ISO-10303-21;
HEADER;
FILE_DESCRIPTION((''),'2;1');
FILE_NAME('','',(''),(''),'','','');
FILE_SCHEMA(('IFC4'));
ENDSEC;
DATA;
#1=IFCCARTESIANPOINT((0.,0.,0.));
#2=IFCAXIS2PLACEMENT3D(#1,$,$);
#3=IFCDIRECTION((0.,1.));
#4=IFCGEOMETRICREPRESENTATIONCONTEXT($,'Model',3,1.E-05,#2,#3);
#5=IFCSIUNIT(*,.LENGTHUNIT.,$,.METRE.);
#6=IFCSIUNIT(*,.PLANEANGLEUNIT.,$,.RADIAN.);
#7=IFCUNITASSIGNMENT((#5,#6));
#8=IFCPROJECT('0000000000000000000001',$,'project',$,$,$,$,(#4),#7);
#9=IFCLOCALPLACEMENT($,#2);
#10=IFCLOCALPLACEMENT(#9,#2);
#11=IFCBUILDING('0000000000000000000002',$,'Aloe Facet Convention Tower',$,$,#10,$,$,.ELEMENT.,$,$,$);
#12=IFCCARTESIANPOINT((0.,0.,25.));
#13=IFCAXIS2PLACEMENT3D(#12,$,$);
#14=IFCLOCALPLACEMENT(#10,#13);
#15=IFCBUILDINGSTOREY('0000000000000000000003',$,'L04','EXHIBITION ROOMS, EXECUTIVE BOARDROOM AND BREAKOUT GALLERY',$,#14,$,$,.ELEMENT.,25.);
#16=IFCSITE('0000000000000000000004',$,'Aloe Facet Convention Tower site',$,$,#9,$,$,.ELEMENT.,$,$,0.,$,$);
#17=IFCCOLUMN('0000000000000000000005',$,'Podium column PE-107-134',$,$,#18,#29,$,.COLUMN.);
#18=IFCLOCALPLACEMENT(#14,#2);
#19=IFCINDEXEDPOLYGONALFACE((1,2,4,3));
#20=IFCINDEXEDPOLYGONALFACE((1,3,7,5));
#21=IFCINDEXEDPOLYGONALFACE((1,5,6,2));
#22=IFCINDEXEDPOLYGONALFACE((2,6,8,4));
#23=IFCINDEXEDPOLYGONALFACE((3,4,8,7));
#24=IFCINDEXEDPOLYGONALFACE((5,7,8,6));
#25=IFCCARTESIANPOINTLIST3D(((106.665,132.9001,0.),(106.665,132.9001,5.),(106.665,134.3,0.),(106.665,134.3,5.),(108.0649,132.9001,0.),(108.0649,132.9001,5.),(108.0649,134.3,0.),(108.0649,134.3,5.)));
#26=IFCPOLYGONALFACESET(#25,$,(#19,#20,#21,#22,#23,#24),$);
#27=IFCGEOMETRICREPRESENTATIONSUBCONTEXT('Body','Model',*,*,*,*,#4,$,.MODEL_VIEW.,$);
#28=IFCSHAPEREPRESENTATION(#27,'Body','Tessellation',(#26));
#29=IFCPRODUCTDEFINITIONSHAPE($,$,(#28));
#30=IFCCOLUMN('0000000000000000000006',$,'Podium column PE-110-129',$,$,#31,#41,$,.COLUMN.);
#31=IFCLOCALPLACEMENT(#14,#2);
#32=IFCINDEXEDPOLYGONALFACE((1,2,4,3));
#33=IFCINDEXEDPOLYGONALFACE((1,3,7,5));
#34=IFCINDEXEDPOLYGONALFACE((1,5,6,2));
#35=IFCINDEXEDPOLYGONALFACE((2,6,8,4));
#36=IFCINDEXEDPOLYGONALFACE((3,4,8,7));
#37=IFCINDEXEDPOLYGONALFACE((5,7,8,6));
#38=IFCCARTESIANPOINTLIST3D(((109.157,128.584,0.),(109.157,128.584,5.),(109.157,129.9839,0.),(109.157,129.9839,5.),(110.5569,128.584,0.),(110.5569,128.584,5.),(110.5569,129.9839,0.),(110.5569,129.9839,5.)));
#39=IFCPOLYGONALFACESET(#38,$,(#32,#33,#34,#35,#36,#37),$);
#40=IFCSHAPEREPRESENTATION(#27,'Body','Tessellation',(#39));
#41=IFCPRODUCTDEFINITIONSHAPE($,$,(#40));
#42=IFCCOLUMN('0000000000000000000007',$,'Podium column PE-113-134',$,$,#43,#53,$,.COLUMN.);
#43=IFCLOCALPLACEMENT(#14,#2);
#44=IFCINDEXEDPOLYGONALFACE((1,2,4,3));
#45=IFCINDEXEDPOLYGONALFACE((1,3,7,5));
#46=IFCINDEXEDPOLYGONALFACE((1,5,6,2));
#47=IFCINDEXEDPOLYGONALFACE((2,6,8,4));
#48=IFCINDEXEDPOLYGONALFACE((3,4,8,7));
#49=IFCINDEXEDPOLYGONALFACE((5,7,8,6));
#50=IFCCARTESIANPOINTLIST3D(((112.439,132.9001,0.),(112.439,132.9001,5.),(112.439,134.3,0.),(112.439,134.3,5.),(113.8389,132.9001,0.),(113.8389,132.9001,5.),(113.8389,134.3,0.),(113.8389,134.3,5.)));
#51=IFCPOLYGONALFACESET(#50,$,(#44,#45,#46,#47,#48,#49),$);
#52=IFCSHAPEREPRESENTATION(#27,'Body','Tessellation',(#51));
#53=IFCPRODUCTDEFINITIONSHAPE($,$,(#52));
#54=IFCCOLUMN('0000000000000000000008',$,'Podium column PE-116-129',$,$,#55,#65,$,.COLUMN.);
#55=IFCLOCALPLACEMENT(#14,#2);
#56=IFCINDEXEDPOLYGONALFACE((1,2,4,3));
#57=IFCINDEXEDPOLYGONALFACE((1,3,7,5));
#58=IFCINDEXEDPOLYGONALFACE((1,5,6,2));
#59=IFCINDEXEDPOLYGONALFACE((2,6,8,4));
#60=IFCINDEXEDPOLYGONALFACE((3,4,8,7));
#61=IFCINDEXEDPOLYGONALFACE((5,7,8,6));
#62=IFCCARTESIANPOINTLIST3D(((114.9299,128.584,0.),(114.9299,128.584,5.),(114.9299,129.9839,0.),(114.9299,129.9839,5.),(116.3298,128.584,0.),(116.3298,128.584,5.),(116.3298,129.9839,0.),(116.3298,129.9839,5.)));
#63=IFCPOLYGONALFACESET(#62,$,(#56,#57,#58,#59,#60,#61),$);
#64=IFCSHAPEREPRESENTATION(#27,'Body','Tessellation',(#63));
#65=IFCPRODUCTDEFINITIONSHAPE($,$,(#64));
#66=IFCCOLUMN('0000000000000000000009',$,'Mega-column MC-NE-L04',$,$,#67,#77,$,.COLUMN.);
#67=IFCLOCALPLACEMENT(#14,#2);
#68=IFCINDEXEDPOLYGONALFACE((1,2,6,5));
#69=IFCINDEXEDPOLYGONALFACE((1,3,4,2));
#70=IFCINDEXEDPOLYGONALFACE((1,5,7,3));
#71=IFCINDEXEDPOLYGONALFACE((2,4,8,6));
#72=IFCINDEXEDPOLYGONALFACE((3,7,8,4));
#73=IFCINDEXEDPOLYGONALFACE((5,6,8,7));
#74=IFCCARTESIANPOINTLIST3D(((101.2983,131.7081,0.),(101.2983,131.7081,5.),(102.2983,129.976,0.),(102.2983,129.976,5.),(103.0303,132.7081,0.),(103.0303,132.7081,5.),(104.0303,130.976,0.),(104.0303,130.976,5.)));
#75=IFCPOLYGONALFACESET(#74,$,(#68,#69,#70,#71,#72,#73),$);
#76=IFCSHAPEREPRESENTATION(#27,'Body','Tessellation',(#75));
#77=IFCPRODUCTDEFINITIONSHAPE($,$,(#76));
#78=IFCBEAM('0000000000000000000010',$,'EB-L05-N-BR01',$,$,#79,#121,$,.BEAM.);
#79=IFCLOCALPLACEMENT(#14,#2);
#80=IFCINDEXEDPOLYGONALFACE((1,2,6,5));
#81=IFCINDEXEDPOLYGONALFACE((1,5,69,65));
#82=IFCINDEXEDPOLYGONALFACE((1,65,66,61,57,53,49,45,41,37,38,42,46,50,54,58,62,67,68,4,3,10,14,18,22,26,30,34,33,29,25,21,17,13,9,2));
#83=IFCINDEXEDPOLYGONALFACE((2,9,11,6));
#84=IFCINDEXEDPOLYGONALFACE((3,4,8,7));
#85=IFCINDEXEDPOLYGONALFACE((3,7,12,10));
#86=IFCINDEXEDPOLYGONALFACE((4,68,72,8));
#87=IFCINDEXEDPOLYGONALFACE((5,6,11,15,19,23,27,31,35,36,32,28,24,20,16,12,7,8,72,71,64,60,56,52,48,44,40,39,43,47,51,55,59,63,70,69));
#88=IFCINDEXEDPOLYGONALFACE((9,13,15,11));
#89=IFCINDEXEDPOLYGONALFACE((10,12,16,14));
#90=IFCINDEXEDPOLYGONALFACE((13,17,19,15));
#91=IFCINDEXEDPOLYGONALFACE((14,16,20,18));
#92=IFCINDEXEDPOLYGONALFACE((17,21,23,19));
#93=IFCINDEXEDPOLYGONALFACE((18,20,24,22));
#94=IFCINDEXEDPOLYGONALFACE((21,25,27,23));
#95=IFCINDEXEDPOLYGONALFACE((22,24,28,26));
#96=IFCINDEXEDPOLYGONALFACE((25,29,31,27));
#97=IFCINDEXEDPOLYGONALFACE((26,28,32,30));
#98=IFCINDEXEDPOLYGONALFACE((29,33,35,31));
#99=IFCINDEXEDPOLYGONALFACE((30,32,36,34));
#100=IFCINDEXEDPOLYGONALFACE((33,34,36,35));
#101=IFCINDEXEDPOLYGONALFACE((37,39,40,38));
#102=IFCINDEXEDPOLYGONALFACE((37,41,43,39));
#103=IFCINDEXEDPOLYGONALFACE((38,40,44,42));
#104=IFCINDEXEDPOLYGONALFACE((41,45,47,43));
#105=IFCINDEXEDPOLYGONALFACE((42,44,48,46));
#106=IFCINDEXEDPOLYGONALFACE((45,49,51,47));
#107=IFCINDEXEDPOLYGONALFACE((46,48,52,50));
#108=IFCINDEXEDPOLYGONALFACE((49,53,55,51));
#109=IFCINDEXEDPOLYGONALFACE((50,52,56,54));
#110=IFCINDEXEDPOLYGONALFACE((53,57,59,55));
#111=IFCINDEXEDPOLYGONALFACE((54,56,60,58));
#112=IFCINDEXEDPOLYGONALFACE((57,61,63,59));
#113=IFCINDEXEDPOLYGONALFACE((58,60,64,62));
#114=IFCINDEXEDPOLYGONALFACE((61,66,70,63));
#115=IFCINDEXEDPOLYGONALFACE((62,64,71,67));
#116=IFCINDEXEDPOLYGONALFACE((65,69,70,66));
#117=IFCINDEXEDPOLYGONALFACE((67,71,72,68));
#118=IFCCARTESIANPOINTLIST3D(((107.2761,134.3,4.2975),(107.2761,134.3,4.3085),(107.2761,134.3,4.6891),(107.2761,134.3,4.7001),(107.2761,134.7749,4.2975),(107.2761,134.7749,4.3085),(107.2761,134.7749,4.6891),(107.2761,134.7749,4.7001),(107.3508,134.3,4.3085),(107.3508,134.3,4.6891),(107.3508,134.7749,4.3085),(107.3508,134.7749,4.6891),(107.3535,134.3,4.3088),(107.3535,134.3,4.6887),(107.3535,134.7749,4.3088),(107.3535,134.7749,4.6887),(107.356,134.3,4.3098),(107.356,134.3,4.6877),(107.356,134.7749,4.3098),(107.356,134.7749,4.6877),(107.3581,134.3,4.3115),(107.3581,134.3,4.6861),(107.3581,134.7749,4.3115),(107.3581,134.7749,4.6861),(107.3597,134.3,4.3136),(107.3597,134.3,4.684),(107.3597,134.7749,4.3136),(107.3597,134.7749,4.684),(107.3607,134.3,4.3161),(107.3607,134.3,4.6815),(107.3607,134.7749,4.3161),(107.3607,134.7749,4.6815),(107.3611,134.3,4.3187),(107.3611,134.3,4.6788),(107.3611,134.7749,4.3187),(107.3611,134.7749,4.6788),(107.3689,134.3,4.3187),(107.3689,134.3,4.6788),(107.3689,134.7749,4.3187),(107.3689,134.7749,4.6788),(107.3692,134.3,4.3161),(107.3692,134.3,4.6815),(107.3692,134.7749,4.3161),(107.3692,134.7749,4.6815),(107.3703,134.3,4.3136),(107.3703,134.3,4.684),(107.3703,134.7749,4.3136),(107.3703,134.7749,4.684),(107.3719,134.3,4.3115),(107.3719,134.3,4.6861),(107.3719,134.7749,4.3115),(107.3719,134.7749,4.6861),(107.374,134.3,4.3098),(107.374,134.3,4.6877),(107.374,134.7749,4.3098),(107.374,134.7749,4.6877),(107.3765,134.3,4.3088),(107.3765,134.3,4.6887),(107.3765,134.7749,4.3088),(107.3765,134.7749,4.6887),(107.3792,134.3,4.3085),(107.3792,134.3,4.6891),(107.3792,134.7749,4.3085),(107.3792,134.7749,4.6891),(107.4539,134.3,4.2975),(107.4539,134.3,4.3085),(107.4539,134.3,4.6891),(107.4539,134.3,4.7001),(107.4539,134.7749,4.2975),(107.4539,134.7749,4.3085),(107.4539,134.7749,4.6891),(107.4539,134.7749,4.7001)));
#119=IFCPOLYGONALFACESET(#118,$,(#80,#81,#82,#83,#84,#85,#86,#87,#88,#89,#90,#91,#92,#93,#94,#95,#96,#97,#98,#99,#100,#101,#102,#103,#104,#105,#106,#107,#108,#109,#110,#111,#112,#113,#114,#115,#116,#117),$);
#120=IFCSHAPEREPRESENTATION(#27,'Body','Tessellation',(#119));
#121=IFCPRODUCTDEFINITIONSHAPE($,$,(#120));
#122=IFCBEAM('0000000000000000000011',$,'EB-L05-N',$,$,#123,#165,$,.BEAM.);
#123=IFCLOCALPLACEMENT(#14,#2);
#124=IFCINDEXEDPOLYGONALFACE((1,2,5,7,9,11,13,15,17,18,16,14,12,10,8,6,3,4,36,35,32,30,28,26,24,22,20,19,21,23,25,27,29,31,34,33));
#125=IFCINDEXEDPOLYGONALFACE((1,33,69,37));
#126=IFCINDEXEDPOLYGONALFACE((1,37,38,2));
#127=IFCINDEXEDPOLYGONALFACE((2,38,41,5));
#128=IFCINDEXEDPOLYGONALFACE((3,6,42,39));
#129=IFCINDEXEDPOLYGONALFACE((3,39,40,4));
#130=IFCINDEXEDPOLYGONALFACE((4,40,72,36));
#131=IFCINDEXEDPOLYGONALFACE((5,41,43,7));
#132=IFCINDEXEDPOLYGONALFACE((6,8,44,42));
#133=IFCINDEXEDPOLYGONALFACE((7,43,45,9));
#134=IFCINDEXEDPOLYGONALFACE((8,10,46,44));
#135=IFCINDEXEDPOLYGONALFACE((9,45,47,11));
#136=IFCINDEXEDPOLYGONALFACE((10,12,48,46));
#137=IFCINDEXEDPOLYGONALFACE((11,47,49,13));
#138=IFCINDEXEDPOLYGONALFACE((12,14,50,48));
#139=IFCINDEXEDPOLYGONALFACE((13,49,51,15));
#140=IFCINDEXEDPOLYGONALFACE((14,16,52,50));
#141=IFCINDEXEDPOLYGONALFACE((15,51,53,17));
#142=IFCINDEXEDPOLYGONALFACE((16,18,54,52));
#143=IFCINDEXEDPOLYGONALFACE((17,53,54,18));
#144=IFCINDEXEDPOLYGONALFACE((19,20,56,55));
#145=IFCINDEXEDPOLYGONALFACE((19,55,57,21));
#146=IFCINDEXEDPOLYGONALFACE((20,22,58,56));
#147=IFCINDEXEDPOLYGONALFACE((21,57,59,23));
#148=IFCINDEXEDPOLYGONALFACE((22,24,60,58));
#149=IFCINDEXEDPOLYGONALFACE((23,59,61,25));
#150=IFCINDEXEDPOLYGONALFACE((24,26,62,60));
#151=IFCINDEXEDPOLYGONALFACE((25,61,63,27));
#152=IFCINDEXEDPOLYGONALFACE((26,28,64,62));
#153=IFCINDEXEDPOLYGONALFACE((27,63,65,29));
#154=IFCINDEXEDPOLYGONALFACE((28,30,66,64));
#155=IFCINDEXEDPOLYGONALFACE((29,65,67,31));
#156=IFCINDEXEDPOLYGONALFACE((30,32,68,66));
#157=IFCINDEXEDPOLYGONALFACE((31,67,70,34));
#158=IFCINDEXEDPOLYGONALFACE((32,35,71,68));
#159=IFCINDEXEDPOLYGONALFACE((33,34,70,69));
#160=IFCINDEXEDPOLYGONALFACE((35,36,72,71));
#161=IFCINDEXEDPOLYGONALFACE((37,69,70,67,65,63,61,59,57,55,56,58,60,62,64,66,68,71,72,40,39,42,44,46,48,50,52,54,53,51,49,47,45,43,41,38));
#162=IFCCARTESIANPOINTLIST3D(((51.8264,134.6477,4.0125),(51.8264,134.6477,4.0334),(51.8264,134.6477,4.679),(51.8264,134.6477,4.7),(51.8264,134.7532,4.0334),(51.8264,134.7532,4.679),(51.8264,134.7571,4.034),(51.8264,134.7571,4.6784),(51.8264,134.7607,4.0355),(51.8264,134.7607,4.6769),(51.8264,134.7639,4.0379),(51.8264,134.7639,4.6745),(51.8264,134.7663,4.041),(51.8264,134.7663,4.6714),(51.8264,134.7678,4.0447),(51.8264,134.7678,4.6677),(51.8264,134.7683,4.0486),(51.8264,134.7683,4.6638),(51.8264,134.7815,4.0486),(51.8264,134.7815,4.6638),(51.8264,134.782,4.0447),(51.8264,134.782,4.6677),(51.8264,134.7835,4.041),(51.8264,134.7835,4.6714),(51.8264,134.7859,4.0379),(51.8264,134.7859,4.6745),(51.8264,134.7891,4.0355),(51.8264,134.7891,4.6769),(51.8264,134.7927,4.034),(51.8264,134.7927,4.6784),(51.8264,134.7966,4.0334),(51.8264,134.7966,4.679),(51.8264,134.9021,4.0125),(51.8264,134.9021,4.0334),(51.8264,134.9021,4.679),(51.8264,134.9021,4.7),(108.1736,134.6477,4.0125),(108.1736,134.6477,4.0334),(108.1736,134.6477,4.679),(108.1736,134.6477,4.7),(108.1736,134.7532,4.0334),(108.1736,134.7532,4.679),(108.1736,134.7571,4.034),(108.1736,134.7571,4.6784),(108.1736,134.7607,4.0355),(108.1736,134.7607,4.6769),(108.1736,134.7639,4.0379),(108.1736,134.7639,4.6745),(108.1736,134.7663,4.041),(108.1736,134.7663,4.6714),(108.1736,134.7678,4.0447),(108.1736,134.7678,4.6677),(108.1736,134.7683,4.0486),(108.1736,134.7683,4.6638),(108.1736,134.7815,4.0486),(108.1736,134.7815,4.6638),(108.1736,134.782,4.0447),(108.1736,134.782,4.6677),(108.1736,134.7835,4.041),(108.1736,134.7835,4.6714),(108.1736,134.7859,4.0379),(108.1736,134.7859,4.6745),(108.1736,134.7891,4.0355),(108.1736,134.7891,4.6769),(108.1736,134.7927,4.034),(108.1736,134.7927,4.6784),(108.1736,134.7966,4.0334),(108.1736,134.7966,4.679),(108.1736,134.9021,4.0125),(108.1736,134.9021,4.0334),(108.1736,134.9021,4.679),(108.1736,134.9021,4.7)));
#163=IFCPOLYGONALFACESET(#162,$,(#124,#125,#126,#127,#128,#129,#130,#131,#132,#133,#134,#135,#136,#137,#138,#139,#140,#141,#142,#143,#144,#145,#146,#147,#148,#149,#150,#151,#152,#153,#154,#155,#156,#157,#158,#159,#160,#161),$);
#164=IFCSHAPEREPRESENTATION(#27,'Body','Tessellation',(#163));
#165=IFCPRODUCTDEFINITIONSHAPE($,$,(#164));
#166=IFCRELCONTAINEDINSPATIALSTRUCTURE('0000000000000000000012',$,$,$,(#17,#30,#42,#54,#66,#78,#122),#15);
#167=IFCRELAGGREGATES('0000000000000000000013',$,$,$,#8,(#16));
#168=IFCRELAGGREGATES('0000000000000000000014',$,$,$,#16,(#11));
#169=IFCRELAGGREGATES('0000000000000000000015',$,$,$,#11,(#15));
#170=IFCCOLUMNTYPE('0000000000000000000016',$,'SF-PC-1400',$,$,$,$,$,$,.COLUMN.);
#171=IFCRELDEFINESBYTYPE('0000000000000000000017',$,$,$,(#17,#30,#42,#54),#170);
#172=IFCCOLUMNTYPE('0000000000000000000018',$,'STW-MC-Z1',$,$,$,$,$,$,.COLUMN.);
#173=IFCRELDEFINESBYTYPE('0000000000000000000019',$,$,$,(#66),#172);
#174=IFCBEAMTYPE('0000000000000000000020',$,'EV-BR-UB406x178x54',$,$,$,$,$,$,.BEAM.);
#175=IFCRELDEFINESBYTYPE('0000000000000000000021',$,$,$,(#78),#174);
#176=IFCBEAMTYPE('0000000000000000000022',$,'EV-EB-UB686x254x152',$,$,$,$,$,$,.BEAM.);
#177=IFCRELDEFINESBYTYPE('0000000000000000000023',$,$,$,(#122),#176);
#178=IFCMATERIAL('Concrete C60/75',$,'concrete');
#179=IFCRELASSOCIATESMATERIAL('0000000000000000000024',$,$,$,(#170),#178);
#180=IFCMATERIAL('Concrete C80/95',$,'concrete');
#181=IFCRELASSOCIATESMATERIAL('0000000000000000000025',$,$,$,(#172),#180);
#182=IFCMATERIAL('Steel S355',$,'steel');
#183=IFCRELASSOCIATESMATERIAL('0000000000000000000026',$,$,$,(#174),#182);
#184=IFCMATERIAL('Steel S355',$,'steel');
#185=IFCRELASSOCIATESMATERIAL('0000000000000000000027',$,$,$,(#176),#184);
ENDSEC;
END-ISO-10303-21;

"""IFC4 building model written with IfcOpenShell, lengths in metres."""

from ifc_helpers import new_model, si_unit, direction, frame, origin, origin_2d, place, context, subcontext, project, spatial, rectangle, i_section, extrude, material, material_profile, profile_set, type_object, element, save


model = new_model("IFC4")

# Units and contexts
model_context = context("Model", 3, precision=1e-05, world=origin(), true_north=direction((0.0, 1.0)))
body_context = subcontext(model_context, "Body", "Model", "MODEL_VIEW")
ifc_project = project(units=[si_unit("LENGTHUNIT", "METRE"), si_unit("PLANEANGLEUNIT", "RADIAN")], contexts=[model_context])

# Site, building, storey
site_placement = place(None, origin())
site = spatial("IfcSite", under=ifc_project, at=site_placement, Name="Aloe Facet Convention Tower site", CompositionType="ELEMENT", RefElevation=0.0)
building_placement = place(site_placement, origin())
building = spatial("IfcBuilding", under=site, at=building_placement, Name="Aloe Facet Convention Tower", CompositionType="ELEMENT")
storey_placement = place(building_placement, frame((0.0, 0.0, 25.0)))
storey = spatial("IfcBuildingStorey", under=building, at=storey_placement, Name="L04", Description="EXHIBITION ROOMS, EXECUTIVE BOARDROOM AND BREAKOUT GALLERY", CompositionType="ELEMENT", Elevation=25.0)

# Columns
ifc_material_1 = material(Name="Concrete C60/75", Category="concrete")
ifc_material_profile_1 = material_profile(ifc_material_1, rectangle(XDim=1.3999, YDim=1.3999, at=origin_2d()), Name="SF-PC-1400")
ifc_profile_set_1 = profile_set([ifc_material_profile_1], Name="Concrete C60/75")
column_type_1 = type_object("IfcColumnType", Name="SF-PC-1400", PredefinedType="COLUMN", material=ifc_profile_set_1)
for number, where, z_axis, x_axis, name in (
    (1, (107.365, 133.6001, 0.0), (0.0, 0.0, 1.0), (1.0, 0.0, 0.0), "Podium column PE-107-134"),
    (2, (109.8569, 129.2839, 0.0), (0.0, 0.0, 1.0), (1.0, 0.0, 0.0), "Podium column PE-110-129"),
    (3, (113.1389, 133.6001, 0.0), (0.0, 0.0, 1.0), (1.0, 0.0, 0.0), "Podium column PE-113-134"),
    (4, (115.6299, 129.2839, 0.0), (0.0, 0.0, 1.0), (1.0, 0.0, 0.0), "Podium column PE-116-129"),
):
    element("IfcColumn", number, at=place(storey_placement, frame(where, z_axis=z_axis, x_axis=x_axis)), inside=storey, type_object=column_type_1, Name=name, PredefinedType="COLUMN", context=body_context, shape_type="SweptSolid", body=[
        extrude(rectangle(XDim=1.3999, YDim=1.3999, at=origin_2d()), origin(), (0.0, 0.0, 1.0), 5.0),
    ])
ifc_material_2 = material(Name="Concrete C80/95", Category="concrete")
ifc_material_profile_2 = material_profile(ifc_material_2, rectangle(XDim=2.0, YDim=2.0, at=origin_2d()), Name="STW-MC-Z1")
ifc_profile_set_2 = profile_set([ifc_material_profile_2], Name="Concrete C80/95")
column_type_2 = type_object("IfcColumnType", Name="STW-MC-Z1", PredefinedType="COLUMN", material=ifc_profile_set_2)
column_placement = place(storey_placement, frame((102.6643, 131.342, 0.0), z_axis=(0.0, 0.0, 1.0), x_axis=(-0.5, 0.866025, 0.0)))
element("IfcColumn", 5, at=column_placement, inside=storey, type_object=column_type_2, Name="Mega-column MC-NE-L04", PredefinedType="COLUMN", context=body_context, shape_type="SweptSolid", body=[
    extrude(rectangle(XDim=2.0, YDim=2.0, at=origin_2d()), origin(), (0.0, 0.0, 1.0), 5.0),
])

# Beams
ifc_material_3 = material(Name="Steel S355", Category="steel")
ifc_material_profile_3 = material_profile(ifc_material_3, i_section(OverallWidth=0.1777, OverallDepth=0.4026, WebThickness=0.0078, FlangeThickness=0.011, FilletRadius=0.0103, at=origin_2d()), Name="UB 406x178x54")
ifc_profile_set_3 = profile_set([ifc_material_profile_3], Name="Steel S355")
beam_type_1 = type_object("IfcBeamType", Name="EV-BR-UB406x178x54", PredefinedType="BEAM", material=ifc_profile_set_3)
beam_1_placement = place(storey_placement, frame((107.365, 134.3, 4.4988), z_axis=(0.0, 1.0, 0.0), x_axis=(-1.0, 0.0, 0.0)))
element("IfcBeam", 6, at=beam_1_placement, inside=storey, type_object=beam_type_1, Name="EB-L05-N-BR01", PredefinedType="BEAM", context=body_context, shape_type="SweptSolid", body=[
    extrude(i_section(OverallWidth=0.1777, OverallDepth=0.4026, WebThickness=0.0078, FlangeThickness=0.011, FilletRadius=0.0103, at=origin_2d()), origin(), (0.0, 0.0, 1.0), 0.4749),
])
ifc_material_4 = material(Name="Steel S355", Category="steel")
ifc_material_profile_4 = material_profile(ifc_material_4, i_section(OverallWidth=0.2544, OverallDepth=0.6875, WebThickness=0.0132, FlangeThickness=0.021, FilletRadius=0.0151, at=origin_2d()), Name="UB 686x254x152")
ifc_profile_set_4 = profile_set([ifc_material_profile_4], Name="Steel S355")
beam_type_2 = type_object("IfcBeamType", Name="EV-EB-UB686x254x152", PredefinedType="BEAM", material=ifc_profile_set_4)
beam_2_placement = place(storey_placement, frame((108.1736, 134.7749, 4.3562), z_axis=(-1.0, 0.0, 0.0), x_axis=(0.0, -1.0, 0.0)))
element("IfcBeam", 7, at=beam_2_placement, inside=storey, type_object=beam_type_2, Name="EB-L05-N", PredefinedType="BEAM", context=body_context, shape_type="SweptSolid", body=[
    extrude(i_section(OverallWidth=0.2544, OverallDepth=0.6875, WebThickness=0.0132, FlangeThickness=0.021, FilletRadius=0.0151, at=origin_2d()), origin(), (0.0, 0.0, 1.0), 56.3472),
])

save(model, "model.ifc")
